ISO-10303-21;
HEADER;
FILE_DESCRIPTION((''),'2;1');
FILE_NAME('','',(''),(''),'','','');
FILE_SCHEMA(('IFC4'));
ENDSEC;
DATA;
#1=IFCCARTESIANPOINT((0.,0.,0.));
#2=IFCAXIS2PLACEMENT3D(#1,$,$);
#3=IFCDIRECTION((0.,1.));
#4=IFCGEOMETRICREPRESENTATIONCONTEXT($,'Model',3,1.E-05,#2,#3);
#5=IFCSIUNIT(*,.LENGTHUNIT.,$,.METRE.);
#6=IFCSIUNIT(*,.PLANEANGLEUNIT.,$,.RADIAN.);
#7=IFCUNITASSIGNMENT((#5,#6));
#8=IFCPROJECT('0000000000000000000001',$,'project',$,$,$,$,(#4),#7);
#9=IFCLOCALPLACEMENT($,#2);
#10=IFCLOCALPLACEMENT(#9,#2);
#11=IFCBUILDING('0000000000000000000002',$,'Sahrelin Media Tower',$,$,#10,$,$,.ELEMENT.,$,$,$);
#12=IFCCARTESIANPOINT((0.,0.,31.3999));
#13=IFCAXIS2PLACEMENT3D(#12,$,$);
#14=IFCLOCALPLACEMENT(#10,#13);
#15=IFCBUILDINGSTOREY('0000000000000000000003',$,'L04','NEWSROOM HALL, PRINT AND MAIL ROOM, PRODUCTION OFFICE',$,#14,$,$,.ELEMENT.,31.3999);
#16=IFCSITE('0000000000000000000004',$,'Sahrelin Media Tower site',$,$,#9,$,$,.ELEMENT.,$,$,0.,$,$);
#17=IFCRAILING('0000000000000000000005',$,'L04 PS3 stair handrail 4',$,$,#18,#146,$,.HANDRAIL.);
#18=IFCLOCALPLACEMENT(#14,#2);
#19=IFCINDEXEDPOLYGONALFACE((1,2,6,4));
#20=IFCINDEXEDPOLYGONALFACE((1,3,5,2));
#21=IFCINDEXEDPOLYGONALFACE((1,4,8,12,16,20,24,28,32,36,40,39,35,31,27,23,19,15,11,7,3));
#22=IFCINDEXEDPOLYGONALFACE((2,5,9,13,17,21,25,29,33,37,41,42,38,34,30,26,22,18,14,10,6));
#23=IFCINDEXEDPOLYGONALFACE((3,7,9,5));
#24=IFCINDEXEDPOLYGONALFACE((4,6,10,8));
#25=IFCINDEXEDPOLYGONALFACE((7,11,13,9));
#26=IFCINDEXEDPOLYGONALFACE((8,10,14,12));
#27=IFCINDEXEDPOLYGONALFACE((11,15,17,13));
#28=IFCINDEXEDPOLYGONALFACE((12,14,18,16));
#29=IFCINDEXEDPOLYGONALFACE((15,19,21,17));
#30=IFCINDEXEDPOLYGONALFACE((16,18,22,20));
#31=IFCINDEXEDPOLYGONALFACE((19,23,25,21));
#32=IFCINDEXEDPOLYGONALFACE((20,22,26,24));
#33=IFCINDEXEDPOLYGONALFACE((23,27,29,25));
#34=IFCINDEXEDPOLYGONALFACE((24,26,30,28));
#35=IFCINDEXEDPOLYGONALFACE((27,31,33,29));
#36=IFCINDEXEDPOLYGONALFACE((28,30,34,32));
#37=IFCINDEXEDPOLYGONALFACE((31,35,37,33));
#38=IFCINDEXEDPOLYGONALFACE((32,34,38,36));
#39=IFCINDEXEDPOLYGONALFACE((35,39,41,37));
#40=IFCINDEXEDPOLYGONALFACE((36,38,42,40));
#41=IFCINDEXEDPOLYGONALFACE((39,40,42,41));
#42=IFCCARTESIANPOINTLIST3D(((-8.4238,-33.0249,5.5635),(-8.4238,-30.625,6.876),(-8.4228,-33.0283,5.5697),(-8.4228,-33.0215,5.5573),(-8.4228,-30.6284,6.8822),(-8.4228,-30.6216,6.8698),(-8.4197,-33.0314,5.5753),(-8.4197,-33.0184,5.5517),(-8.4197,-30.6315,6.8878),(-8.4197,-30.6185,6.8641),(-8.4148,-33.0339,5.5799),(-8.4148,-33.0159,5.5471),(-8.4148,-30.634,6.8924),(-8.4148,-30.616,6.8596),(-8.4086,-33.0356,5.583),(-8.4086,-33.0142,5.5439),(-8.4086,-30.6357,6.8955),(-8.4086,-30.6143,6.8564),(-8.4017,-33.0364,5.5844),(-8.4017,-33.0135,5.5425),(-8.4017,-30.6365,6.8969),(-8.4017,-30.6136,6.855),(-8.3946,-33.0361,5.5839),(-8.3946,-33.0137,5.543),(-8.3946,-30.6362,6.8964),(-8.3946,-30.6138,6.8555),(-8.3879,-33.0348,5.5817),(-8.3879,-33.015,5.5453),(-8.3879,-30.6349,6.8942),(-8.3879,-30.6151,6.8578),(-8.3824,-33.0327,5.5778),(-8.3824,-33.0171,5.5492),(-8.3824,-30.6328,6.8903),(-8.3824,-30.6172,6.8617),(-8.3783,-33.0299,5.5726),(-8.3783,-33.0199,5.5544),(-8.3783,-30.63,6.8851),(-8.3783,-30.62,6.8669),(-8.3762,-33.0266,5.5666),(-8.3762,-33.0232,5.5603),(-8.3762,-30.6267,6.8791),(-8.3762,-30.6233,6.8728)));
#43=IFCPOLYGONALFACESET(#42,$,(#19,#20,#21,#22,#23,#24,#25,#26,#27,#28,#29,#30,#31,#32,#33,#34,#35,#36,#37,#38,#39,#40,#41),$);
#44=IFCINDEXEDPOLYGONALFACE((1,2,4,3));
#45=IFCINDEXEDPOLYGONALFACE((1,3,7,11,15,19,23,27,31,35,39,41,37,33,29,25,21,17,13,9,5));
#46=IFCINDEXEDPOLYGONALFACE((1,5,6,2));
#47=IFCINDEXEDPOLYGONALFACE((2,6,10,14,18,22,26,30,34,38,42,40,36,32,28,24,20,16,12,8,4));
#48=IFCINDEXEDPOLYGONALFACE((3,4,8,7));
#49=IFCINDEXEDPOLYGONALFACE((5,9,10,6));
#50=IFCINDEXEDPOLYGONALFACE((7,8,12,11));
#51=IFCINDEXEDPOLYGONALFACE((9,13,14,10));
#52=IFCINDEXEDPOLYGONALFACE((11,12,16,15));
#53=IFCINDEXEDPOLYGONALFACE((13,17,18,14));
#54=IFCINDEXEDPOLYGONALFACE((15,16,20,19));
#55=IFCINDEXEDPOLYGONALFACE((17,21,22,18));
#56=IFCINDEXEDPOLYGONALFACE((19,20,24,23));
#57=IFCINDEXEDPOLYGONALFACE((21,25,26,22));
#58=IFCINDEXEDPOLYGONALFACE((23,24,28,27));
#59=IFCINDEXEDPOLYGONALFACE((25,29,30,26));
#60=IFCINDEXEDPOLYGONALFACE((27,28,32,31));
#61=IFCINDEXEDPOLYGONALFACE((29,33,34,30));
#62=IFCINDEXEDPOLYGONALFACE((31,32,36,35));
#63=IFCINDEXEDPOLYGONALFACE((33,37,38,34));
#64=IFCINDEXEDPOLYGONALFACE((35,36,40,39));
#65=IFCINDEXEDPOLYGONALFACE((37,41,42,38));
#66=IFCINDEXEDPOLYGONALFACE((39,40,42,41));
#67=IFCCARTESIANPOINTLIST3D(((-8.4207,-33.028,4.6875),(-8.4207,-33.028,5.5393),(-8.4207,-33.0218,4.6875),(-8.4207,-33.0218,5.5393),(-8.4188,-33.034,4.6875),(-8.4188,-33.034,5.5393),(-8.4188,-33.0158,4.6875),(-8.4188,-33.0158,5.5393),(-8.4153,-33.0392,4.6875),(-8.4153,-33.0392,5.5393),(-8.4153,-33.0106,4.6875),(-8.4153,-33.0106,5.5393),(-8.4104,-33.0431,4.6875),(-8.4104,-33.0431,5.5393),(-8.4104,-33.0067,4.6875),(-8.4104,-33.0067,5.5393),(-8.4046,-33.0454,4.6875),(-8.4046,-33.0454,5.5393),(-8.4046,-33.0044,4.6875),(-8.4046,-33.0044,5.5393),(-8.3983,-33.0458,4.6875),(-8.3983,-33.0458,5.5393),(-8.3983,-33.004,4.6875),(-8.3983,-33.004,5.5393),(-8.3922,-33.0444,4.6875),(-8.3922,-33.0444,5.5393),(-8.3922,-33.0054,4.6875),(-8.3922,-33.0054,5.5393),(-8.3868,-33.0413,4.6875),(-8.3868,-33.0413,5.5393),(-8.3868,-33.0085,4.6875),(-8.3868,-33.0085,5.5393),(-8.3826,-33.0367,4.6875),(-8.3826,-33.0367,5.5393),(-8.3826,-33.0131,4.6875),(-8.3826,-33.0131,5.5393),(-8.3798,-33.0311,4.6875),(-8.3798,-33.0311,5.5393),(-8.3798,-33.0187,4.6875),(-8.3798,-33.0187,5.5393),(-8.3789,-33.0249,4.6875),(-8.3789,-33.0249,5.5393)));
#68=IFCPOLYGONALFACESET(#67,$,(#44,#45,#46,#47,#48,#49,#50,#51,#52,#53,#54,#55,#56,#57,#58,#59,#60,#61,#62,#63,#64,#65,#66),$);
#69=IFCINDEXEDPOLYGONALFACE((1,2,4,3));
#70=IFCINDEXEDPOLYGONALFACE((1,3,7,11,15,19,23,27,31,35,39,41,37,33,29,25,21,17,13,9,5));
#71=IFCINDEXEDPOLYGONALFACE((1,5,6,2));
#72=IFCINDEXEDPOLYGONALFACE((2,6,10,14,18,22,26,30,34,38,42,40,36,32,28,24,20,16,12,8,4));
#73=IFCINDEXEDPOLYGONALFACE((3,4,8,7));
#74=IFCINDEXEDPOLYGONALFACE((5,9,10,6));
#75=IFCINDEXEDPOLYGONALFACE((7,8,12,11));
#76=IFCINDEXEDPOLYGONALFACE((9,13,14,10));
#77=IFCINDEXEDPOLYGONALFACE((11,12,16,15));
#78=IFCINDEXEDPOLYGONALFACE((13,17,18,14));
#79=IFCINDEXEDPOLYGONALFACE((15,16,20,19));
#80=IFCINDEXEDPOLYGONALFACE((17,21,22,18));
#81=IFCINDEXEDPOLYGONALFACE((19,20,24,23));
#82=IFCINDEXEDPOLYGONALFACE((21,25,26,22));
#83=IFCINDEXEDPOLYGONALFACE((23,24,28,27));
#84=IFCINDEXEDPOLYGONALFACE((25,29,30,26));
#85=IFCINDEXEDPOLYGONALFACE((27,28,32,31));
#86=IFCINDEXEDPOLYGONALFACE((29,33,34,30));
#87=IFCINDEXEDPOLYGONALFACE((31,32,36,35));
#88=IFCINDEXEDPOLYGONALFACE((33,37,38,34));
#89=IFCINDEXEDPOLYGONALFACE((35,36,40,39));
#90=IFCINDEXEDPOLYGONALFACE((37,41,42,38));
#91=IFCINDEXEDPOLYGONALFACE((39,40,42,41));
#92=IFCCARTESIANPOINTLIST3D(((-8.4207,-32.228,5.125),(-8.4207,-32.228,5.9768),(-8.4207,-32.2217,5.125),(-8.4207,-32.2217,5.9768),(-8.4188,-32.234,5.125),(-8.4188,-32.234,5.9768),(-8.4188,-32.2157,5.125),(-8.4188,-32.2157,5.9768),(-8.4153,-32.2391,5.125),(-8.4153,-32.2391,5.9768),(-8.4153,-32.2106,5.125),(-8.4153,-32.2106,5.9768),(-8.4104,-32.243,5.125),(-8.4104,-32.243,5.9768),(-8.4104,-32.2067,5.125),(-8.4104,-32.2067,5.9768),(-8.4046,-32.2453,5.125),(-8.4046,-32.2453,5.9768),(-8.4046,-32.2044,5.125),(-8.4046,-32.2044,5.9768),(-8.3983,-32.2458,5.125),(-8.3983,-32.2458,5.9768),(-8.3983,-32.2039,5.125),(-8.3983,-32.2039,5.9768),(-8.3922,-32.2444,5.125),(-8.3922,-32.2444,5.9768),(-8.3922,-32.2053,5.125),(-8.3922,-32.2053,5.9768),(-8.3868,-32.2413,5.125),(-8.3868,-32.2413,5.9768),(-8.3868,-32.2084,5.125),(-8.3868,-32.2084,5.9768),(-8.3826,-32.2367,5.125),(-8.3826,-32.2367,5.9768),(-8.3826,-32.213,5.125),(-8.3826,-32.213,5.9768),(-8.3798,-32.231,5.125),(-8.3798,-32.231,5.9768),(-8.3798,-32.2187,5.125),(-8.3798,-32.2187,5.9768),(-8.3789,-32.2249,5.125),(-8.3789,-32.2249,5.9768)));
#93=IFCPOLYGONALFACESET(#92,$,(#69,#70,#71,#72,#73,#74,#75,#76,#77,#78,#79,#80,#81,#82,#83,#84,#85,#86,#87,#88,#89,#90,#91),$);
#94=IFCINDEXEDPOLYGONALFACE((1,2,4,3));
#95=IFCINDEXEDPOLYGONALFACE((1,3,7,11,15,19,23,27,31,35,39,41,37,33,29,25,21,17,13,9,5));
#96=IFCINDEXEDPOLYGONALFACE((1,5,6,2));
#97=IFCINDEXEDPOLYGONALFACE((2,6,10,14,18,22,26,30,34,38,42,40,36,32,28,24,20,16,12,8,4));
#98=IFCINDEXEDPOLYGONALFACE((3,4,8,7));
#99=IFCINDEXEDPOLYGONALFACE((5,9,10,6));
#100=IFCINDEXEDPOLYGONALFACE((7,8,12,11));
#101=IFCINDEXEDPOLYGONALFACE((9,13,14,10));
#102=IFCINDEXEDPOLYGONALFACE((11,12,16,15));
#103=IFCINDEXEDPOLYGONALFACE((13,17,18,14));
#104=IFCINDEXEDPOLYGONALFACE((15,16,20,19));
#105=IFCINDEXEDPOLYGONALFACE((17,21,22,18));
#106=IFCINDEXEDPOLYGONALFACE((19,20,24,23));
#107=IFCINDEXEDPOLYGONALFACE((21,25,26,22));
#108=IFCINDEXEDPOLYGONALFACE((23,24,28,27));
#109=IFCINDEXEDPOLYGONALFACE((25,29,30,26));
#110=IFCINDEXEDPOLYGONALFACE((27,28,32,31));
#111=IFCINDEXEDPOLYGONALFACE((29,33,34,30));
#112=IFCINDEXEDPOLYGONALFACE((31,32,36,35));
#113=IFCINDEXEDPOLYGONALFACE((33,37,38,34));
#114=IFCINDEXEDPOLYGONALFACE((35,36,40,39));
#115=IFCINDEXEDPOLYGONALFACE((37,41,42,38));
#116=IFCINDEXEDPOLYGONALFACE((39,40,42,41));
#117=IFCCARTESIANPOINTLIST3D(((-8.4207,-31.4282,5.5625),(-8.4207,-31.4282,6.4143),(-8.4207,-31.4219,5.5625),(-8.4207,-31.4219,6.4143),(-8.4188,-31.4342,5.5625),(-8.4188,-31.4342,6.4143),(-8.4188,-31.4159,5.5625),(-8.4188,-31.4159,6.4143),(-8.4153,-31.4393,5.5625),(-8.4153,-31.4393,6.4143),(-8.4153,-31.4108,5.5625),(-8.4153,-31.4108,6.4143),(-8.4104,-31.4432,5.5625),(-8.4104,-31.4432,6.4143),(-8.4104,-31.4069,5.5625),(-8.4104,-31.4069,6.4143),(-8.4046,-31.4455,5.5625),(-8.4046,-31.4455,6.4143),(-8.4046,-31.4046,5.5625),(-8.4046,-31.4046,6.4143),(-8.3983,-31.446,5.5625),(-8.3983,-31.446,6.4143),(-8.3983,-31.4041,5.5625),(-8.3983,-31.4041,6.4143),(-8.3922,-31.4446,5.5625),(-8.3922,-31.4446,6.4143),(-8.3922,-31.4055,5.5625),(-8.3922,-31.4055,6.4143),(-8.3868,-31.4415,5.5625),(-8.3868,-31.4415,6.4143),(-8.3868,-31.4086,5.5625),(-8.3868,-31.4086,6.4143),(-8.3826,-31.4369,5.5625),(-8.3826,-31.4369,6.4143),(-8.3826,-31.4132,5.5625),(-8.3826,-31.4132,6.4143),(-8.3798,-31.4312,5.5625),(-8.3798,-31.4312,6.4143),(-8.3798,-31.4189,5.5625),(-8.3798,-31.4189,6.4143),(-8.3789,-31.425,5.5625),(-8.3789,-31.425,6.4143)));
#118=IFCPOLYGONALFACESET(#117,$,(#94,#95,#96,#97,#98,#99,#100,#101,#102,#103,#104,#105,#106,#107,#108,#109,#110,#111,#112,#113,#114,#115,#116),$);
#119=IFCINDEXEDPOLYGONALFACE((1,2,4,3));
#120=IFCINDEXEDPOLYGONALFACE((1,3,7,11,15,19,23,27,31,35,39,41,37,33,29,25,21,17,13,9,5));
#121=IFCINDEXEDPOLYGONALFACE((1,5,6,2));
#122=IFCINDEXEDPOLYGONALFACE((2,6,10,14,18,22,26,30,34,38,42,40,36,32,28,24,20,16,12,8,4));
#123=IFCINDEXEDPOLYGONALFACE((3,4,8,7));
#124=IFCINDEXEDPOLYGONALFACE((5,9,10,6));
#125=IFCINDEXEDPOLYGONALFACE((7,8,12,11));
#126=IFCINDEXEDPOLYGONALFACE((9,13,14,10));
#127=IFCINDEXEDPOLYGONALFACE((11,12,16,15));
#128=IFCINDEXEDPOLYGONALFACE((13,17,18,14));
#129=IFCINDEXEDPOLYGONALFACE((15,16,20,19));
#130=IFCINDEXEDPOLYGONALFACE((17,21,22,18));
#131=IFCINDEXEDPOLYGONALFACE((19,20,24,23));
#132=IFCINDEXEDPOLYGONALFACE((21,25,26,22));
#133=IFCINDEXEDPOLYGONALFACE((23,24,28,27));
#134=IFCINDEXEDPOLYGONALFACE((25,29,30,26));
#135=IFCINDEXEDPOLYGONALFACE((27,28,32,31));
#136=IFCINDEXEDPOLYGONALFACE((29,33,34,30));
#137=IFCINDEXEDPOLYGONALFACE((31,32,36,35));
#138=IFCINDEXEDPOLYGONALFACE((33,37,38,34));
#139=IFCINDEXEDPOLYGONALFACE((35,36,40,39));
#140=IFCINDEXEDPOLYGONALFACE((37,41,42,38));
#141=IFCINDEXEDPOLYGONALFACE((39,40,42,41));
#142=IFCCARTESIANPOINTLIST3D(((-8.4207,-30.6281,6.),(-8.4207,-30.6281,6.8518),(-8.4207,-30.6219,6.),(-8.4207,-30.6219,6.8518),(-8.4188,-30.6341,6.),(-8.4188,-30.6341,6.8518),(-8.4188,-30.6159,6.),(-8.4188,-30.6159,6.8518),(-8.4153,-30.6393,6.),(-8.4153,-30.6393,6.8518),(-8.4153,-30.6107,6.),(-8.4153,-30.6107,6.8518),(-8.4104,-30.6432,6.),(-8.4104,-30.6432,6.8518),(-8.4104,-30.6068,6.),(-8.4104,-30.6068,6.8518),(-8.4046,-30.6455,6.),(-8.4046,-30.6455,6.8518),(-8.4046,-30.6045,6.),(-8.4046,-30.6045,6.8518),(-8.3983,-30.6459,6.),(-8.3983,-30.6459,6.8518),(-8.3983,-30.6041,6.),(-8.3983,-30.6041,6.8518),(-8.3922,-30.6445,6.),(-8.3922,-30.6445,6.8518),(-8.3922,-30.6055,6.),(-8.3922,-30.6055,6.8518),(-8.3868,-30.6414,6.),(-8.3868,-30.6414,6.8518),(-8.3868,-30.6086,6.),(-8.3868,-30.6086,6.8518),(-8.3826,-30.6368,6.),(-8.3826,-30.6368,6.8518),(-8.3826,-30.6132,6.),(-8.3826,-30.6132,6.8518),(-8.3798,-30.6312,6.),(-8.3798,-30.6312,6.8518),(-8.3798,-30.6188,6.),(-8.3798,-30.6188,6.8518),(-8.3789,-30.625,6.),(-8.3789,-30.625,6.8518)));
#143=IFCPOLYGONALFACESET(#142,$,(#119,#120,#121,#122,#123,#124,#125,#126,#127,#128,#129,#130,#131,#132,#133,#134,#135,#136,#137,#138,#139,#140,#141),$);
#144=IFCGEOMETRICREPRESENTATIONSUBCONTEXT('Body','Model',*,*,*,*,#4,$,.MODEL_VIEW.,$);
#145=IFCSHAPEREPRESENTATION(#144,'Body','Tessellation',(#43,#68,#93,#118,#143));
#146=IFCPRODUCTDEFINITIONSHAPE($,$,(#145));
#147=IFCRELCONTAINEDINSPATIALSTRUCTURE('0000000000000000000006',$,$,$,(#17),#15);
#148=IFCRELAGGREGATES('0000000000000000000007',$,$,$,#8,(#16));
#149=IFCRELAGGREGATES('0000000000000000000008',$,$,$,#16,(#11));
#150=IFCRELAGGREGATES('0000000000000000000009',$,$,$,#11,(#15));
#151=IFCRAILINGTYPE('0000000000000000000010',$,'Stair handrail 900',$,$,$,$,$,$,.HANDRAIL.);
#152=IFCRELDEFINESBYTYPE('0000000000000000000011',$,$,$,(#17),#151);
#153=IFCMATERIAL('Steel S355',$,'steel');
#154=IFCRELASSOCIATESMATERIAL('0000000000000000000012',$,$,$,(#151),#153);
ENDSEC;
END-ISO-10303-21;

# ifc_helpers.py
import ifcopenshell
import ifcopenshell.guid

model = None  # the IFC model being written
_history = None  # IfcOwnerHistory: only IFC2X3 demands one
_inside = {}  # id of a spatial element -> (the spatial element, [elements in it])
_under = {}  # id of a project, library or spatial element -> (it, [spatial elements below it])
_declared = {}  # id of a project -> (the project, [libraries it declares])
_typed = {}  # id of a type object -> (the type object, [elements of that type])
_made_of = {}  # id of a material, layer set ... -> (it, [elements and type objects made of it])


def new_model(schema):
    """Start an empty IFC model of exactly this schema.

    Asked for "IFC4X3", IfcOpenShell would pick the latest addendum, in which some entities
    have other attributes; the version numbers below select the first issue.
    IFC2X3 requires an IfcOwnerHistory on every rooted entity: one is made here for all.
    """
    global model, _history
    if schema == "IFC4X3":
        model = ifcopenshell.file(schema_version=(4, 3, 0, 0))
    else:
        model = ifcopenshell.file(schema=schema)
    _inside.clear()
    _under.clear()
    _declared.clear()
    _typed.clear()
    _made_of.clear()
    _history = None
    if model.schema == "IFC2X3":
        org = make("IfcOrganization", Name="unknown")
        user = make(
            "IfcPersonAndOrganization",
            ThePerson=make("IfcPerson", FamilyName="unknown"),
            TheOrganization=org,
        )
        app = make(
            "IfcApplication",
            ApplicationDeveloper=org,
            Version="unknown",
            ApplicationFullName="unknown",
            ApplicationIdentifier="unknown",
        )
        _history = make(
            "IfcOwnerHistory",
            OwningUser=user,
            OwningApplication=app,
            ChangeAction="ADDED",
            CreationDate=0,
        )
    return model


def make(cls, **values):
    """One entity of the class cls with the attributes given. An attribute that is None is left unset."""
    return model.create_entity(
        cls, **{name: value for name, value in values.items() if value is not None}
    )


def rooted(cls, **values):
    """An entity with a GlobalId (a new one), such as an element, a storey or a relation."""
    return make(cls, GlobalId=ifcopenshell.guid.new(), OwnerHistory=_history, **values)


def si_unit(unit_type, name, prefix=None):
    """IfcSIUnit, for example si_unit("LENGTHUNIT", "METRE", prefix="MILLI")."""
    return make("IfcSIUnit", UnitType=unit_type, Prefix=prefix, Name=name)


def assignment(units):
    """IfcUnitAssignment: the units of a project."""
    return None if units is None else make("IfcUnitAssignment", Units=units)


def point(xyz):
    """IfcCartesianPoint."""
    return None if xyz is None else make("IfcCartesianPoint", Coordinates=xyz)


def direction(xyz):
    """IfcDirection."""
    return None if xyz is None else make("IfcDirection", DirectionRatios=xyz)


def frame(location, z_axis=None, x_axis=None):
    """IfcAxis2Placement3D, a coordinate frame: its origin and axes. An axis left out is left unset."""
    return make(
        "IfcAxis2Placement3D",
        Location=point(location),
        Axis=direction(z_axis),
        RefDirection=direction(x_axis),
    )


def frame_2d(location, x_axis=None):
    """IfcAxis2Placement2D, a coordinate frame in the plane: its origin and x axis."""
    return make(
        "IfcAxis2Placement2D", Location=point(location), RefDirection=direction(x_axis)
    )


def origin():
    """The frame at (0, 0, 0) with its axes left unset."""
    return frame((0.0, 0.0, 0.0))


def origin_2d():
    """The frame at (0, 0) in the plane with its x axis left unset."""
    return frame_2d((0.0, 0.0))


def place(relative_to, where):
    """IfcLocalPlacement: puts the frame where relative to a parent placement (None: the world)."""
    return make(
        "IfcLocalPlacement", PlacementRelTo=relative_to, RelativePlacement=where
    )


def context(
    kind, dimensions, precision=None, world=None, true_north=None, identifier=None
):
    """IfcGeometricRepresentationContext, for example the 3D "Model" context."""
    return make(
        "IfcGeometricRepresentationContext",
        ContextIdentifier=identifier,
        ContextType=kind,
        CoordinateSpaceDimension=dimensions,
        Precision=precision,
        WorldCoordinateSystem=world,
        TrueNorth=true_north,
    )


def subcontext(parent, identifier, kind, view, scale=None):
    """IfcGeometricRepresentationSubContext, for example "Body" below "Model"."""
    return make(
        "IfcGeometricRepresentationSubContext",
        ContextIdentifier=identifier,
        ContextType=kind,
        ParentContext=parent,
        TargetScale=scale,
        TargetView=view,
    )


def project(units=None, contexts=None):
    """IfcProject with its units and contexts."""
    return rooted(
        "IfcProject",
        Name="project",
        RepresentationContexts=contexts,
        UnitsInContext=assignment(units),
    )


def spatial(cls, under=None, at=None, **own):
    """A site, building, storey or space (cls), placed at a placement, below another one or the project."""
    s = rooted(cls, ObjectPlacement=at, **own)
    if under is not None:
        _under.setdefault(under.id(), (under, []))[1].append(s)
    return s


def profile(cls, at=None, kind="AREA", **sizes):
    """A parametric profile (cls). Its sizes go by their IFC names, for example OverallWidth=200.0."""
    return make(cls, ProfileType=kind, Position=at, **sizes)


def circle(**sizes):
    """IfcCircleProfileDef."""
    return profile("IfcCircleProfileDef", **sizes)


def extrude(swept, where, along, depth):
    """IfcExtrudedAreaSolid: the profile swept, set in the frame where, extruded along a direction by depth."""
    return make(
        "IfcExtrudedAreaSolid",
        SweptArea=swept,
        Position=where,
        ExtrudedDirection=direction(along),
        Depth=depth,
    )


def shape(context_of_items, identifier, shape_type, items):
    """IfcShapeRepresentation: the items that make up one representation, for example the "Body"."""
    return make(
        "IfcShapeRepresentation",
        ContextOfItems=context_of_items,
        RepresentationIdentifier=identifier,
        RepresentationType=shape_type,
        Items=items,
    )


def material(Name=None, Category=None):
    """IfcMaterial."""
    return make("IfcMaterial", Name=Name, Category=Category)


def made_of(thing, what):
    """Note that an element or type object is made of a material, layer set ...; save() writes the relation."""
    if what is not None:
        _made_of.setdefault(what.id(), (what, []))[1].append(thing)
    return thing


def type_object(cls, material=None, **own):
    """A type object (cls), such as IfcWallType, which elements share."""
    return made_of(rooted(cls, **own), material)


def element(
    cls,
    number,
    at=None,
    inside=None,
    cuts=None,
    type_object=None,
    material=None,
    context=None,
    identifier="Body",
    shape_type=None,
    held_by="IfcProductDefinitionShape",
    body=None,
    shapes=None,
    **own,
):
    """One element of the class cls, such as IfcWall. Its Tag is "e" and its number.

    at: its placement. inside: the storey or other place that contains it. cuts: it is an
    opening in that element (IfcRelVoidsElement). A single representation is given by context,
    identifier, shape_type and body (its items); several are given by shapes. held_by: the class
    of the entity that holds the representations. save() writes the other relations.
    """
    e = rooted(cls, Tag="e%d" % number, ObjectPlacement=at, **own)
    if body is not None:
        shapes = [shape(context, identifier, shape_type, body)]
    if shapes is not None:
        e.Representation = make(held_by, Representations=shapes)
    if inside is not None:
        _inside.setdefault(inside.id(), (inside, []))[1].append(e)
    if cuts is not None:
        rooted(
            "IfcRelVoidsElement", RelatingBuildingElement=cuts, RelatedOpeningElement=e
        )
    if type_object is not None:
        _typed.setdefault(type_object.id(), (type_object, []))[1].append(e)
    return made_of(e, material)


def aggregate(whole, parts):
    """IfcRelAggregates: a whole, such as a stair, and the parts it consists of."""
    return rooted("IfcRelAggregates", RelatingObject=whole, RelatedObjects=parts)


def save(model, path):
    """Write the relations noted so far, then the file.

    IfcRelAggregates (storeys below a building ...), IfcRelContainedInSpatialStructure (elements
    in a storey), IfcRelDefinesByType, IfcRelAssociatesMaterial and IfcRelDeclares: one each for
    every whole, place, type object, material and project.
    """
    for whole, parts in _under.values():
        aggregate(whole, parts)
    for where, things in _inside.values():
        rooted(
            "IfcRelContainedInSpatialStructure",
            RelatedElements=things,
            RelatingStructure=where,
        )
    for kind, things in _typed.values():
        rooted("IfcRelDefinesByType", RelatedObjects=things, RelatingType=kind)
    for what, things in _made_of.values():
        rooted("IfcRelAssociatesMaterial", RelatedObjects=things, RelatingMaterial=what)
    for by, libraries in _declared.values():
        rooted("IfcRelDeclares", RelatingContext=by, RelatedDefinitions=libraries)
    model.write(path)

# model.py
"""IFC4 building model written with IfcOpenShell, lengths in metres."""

from ifc_helpers import new_model, si_unit, direction, frame, origin, origin_2d, place, context, subcontext, project, spatial, circle, extrude, material, type_object, element, save


model = new_model("IFC4")

# Units and contexts
model_context = context("Model", 3, precision=1e-05, world=origin(), true_north=direction((0.0, 1.0)))
body_context = subcontext(model_context, "Body", "Model", "MODEL_VIEW")
ifc_project = project(units=[si_unit("LENGTHUNIT", "METRE"), si_unit("PLANEANGLEUNIT", "RADIAN")], contexts=[model_context])

# Site, building, storey
site_placement = place(None, origin())
site = spatial("IfcSite", under=ifc_project, at=site_placement, Name="Sahrelin Media Tower site", CompositionType="ELEMENT", RefElevation=0.0)
building_placement = place(site_placement, origin())
building = spatial("IfcBuilding", under=site, at=building_placement, Name="Sahrelin Media Tower", CompositionType="ELEMENT")
storey_placement = place(building_placement, frame((0.0, 0.0, 31.3999)))
storey = spatial("IfcBuildingStorey", under=building, at=storey_placement, Name="L04", Description="NEWSROOM HALL, PRINT AND MAIL ROOM, PRODUCTION OFFICE", CompositionType="ELEMENT", Elevation=31.3999)

# Shared definitions
ifc_material_1 = material(Name="Steel S355", Category="steel")

# Railing
railing_type_1 = type_object("IfcRailingType", Name="Stair handrail 900", PredefinedType="HANDRAIL", material=ifc_material_1)
for number, where, name in (
    (1, (-8.3999, -33.0249, 4.6875), "L04 PS3 stair handrail 4"),
):
    element("IfcRailing", number, at=place(storey_placement, frame(where)), inside=storey, type_object=railing_type_1, Name=name, PredefinedType="HANDRAIL", context=body_context, shape_type="SweptSolid", body=[
        extrude(circle(Radius=0.0239, at=origin_2d()), frame((0.0, 0.0, 0.876), z_axis=(0.0, 0.877363, 0.479827), x_axis=(-1.0, 0.0, 0.0)), (0.0, 0.0, 1.0), 2.7354),
        extrude(circle(Radius=0.021, at=origin_2d()), origin(), (0.0, 0.0, 1.0), 0.8518),
        extrude(circle(Radius=0.021, at=origin_2d()), frame((0.0, 0.8, 0.4375)), (0.0, 0.0, 1.0), 0.8518),
        extrude(circle(Radius=0.021, at=origin_2d()), frame((0.0, 1.5999, 0.875)), (0.0, 0.0, 1.0), 0.8518),
        extrude(circle(Radius=0.021, at=origin_2d()), frame((0.0, 2.3999, 1.3125)), (0.0, 0.0, 1.0), 0.8518),
    ])

save(model, "model.ifc")
